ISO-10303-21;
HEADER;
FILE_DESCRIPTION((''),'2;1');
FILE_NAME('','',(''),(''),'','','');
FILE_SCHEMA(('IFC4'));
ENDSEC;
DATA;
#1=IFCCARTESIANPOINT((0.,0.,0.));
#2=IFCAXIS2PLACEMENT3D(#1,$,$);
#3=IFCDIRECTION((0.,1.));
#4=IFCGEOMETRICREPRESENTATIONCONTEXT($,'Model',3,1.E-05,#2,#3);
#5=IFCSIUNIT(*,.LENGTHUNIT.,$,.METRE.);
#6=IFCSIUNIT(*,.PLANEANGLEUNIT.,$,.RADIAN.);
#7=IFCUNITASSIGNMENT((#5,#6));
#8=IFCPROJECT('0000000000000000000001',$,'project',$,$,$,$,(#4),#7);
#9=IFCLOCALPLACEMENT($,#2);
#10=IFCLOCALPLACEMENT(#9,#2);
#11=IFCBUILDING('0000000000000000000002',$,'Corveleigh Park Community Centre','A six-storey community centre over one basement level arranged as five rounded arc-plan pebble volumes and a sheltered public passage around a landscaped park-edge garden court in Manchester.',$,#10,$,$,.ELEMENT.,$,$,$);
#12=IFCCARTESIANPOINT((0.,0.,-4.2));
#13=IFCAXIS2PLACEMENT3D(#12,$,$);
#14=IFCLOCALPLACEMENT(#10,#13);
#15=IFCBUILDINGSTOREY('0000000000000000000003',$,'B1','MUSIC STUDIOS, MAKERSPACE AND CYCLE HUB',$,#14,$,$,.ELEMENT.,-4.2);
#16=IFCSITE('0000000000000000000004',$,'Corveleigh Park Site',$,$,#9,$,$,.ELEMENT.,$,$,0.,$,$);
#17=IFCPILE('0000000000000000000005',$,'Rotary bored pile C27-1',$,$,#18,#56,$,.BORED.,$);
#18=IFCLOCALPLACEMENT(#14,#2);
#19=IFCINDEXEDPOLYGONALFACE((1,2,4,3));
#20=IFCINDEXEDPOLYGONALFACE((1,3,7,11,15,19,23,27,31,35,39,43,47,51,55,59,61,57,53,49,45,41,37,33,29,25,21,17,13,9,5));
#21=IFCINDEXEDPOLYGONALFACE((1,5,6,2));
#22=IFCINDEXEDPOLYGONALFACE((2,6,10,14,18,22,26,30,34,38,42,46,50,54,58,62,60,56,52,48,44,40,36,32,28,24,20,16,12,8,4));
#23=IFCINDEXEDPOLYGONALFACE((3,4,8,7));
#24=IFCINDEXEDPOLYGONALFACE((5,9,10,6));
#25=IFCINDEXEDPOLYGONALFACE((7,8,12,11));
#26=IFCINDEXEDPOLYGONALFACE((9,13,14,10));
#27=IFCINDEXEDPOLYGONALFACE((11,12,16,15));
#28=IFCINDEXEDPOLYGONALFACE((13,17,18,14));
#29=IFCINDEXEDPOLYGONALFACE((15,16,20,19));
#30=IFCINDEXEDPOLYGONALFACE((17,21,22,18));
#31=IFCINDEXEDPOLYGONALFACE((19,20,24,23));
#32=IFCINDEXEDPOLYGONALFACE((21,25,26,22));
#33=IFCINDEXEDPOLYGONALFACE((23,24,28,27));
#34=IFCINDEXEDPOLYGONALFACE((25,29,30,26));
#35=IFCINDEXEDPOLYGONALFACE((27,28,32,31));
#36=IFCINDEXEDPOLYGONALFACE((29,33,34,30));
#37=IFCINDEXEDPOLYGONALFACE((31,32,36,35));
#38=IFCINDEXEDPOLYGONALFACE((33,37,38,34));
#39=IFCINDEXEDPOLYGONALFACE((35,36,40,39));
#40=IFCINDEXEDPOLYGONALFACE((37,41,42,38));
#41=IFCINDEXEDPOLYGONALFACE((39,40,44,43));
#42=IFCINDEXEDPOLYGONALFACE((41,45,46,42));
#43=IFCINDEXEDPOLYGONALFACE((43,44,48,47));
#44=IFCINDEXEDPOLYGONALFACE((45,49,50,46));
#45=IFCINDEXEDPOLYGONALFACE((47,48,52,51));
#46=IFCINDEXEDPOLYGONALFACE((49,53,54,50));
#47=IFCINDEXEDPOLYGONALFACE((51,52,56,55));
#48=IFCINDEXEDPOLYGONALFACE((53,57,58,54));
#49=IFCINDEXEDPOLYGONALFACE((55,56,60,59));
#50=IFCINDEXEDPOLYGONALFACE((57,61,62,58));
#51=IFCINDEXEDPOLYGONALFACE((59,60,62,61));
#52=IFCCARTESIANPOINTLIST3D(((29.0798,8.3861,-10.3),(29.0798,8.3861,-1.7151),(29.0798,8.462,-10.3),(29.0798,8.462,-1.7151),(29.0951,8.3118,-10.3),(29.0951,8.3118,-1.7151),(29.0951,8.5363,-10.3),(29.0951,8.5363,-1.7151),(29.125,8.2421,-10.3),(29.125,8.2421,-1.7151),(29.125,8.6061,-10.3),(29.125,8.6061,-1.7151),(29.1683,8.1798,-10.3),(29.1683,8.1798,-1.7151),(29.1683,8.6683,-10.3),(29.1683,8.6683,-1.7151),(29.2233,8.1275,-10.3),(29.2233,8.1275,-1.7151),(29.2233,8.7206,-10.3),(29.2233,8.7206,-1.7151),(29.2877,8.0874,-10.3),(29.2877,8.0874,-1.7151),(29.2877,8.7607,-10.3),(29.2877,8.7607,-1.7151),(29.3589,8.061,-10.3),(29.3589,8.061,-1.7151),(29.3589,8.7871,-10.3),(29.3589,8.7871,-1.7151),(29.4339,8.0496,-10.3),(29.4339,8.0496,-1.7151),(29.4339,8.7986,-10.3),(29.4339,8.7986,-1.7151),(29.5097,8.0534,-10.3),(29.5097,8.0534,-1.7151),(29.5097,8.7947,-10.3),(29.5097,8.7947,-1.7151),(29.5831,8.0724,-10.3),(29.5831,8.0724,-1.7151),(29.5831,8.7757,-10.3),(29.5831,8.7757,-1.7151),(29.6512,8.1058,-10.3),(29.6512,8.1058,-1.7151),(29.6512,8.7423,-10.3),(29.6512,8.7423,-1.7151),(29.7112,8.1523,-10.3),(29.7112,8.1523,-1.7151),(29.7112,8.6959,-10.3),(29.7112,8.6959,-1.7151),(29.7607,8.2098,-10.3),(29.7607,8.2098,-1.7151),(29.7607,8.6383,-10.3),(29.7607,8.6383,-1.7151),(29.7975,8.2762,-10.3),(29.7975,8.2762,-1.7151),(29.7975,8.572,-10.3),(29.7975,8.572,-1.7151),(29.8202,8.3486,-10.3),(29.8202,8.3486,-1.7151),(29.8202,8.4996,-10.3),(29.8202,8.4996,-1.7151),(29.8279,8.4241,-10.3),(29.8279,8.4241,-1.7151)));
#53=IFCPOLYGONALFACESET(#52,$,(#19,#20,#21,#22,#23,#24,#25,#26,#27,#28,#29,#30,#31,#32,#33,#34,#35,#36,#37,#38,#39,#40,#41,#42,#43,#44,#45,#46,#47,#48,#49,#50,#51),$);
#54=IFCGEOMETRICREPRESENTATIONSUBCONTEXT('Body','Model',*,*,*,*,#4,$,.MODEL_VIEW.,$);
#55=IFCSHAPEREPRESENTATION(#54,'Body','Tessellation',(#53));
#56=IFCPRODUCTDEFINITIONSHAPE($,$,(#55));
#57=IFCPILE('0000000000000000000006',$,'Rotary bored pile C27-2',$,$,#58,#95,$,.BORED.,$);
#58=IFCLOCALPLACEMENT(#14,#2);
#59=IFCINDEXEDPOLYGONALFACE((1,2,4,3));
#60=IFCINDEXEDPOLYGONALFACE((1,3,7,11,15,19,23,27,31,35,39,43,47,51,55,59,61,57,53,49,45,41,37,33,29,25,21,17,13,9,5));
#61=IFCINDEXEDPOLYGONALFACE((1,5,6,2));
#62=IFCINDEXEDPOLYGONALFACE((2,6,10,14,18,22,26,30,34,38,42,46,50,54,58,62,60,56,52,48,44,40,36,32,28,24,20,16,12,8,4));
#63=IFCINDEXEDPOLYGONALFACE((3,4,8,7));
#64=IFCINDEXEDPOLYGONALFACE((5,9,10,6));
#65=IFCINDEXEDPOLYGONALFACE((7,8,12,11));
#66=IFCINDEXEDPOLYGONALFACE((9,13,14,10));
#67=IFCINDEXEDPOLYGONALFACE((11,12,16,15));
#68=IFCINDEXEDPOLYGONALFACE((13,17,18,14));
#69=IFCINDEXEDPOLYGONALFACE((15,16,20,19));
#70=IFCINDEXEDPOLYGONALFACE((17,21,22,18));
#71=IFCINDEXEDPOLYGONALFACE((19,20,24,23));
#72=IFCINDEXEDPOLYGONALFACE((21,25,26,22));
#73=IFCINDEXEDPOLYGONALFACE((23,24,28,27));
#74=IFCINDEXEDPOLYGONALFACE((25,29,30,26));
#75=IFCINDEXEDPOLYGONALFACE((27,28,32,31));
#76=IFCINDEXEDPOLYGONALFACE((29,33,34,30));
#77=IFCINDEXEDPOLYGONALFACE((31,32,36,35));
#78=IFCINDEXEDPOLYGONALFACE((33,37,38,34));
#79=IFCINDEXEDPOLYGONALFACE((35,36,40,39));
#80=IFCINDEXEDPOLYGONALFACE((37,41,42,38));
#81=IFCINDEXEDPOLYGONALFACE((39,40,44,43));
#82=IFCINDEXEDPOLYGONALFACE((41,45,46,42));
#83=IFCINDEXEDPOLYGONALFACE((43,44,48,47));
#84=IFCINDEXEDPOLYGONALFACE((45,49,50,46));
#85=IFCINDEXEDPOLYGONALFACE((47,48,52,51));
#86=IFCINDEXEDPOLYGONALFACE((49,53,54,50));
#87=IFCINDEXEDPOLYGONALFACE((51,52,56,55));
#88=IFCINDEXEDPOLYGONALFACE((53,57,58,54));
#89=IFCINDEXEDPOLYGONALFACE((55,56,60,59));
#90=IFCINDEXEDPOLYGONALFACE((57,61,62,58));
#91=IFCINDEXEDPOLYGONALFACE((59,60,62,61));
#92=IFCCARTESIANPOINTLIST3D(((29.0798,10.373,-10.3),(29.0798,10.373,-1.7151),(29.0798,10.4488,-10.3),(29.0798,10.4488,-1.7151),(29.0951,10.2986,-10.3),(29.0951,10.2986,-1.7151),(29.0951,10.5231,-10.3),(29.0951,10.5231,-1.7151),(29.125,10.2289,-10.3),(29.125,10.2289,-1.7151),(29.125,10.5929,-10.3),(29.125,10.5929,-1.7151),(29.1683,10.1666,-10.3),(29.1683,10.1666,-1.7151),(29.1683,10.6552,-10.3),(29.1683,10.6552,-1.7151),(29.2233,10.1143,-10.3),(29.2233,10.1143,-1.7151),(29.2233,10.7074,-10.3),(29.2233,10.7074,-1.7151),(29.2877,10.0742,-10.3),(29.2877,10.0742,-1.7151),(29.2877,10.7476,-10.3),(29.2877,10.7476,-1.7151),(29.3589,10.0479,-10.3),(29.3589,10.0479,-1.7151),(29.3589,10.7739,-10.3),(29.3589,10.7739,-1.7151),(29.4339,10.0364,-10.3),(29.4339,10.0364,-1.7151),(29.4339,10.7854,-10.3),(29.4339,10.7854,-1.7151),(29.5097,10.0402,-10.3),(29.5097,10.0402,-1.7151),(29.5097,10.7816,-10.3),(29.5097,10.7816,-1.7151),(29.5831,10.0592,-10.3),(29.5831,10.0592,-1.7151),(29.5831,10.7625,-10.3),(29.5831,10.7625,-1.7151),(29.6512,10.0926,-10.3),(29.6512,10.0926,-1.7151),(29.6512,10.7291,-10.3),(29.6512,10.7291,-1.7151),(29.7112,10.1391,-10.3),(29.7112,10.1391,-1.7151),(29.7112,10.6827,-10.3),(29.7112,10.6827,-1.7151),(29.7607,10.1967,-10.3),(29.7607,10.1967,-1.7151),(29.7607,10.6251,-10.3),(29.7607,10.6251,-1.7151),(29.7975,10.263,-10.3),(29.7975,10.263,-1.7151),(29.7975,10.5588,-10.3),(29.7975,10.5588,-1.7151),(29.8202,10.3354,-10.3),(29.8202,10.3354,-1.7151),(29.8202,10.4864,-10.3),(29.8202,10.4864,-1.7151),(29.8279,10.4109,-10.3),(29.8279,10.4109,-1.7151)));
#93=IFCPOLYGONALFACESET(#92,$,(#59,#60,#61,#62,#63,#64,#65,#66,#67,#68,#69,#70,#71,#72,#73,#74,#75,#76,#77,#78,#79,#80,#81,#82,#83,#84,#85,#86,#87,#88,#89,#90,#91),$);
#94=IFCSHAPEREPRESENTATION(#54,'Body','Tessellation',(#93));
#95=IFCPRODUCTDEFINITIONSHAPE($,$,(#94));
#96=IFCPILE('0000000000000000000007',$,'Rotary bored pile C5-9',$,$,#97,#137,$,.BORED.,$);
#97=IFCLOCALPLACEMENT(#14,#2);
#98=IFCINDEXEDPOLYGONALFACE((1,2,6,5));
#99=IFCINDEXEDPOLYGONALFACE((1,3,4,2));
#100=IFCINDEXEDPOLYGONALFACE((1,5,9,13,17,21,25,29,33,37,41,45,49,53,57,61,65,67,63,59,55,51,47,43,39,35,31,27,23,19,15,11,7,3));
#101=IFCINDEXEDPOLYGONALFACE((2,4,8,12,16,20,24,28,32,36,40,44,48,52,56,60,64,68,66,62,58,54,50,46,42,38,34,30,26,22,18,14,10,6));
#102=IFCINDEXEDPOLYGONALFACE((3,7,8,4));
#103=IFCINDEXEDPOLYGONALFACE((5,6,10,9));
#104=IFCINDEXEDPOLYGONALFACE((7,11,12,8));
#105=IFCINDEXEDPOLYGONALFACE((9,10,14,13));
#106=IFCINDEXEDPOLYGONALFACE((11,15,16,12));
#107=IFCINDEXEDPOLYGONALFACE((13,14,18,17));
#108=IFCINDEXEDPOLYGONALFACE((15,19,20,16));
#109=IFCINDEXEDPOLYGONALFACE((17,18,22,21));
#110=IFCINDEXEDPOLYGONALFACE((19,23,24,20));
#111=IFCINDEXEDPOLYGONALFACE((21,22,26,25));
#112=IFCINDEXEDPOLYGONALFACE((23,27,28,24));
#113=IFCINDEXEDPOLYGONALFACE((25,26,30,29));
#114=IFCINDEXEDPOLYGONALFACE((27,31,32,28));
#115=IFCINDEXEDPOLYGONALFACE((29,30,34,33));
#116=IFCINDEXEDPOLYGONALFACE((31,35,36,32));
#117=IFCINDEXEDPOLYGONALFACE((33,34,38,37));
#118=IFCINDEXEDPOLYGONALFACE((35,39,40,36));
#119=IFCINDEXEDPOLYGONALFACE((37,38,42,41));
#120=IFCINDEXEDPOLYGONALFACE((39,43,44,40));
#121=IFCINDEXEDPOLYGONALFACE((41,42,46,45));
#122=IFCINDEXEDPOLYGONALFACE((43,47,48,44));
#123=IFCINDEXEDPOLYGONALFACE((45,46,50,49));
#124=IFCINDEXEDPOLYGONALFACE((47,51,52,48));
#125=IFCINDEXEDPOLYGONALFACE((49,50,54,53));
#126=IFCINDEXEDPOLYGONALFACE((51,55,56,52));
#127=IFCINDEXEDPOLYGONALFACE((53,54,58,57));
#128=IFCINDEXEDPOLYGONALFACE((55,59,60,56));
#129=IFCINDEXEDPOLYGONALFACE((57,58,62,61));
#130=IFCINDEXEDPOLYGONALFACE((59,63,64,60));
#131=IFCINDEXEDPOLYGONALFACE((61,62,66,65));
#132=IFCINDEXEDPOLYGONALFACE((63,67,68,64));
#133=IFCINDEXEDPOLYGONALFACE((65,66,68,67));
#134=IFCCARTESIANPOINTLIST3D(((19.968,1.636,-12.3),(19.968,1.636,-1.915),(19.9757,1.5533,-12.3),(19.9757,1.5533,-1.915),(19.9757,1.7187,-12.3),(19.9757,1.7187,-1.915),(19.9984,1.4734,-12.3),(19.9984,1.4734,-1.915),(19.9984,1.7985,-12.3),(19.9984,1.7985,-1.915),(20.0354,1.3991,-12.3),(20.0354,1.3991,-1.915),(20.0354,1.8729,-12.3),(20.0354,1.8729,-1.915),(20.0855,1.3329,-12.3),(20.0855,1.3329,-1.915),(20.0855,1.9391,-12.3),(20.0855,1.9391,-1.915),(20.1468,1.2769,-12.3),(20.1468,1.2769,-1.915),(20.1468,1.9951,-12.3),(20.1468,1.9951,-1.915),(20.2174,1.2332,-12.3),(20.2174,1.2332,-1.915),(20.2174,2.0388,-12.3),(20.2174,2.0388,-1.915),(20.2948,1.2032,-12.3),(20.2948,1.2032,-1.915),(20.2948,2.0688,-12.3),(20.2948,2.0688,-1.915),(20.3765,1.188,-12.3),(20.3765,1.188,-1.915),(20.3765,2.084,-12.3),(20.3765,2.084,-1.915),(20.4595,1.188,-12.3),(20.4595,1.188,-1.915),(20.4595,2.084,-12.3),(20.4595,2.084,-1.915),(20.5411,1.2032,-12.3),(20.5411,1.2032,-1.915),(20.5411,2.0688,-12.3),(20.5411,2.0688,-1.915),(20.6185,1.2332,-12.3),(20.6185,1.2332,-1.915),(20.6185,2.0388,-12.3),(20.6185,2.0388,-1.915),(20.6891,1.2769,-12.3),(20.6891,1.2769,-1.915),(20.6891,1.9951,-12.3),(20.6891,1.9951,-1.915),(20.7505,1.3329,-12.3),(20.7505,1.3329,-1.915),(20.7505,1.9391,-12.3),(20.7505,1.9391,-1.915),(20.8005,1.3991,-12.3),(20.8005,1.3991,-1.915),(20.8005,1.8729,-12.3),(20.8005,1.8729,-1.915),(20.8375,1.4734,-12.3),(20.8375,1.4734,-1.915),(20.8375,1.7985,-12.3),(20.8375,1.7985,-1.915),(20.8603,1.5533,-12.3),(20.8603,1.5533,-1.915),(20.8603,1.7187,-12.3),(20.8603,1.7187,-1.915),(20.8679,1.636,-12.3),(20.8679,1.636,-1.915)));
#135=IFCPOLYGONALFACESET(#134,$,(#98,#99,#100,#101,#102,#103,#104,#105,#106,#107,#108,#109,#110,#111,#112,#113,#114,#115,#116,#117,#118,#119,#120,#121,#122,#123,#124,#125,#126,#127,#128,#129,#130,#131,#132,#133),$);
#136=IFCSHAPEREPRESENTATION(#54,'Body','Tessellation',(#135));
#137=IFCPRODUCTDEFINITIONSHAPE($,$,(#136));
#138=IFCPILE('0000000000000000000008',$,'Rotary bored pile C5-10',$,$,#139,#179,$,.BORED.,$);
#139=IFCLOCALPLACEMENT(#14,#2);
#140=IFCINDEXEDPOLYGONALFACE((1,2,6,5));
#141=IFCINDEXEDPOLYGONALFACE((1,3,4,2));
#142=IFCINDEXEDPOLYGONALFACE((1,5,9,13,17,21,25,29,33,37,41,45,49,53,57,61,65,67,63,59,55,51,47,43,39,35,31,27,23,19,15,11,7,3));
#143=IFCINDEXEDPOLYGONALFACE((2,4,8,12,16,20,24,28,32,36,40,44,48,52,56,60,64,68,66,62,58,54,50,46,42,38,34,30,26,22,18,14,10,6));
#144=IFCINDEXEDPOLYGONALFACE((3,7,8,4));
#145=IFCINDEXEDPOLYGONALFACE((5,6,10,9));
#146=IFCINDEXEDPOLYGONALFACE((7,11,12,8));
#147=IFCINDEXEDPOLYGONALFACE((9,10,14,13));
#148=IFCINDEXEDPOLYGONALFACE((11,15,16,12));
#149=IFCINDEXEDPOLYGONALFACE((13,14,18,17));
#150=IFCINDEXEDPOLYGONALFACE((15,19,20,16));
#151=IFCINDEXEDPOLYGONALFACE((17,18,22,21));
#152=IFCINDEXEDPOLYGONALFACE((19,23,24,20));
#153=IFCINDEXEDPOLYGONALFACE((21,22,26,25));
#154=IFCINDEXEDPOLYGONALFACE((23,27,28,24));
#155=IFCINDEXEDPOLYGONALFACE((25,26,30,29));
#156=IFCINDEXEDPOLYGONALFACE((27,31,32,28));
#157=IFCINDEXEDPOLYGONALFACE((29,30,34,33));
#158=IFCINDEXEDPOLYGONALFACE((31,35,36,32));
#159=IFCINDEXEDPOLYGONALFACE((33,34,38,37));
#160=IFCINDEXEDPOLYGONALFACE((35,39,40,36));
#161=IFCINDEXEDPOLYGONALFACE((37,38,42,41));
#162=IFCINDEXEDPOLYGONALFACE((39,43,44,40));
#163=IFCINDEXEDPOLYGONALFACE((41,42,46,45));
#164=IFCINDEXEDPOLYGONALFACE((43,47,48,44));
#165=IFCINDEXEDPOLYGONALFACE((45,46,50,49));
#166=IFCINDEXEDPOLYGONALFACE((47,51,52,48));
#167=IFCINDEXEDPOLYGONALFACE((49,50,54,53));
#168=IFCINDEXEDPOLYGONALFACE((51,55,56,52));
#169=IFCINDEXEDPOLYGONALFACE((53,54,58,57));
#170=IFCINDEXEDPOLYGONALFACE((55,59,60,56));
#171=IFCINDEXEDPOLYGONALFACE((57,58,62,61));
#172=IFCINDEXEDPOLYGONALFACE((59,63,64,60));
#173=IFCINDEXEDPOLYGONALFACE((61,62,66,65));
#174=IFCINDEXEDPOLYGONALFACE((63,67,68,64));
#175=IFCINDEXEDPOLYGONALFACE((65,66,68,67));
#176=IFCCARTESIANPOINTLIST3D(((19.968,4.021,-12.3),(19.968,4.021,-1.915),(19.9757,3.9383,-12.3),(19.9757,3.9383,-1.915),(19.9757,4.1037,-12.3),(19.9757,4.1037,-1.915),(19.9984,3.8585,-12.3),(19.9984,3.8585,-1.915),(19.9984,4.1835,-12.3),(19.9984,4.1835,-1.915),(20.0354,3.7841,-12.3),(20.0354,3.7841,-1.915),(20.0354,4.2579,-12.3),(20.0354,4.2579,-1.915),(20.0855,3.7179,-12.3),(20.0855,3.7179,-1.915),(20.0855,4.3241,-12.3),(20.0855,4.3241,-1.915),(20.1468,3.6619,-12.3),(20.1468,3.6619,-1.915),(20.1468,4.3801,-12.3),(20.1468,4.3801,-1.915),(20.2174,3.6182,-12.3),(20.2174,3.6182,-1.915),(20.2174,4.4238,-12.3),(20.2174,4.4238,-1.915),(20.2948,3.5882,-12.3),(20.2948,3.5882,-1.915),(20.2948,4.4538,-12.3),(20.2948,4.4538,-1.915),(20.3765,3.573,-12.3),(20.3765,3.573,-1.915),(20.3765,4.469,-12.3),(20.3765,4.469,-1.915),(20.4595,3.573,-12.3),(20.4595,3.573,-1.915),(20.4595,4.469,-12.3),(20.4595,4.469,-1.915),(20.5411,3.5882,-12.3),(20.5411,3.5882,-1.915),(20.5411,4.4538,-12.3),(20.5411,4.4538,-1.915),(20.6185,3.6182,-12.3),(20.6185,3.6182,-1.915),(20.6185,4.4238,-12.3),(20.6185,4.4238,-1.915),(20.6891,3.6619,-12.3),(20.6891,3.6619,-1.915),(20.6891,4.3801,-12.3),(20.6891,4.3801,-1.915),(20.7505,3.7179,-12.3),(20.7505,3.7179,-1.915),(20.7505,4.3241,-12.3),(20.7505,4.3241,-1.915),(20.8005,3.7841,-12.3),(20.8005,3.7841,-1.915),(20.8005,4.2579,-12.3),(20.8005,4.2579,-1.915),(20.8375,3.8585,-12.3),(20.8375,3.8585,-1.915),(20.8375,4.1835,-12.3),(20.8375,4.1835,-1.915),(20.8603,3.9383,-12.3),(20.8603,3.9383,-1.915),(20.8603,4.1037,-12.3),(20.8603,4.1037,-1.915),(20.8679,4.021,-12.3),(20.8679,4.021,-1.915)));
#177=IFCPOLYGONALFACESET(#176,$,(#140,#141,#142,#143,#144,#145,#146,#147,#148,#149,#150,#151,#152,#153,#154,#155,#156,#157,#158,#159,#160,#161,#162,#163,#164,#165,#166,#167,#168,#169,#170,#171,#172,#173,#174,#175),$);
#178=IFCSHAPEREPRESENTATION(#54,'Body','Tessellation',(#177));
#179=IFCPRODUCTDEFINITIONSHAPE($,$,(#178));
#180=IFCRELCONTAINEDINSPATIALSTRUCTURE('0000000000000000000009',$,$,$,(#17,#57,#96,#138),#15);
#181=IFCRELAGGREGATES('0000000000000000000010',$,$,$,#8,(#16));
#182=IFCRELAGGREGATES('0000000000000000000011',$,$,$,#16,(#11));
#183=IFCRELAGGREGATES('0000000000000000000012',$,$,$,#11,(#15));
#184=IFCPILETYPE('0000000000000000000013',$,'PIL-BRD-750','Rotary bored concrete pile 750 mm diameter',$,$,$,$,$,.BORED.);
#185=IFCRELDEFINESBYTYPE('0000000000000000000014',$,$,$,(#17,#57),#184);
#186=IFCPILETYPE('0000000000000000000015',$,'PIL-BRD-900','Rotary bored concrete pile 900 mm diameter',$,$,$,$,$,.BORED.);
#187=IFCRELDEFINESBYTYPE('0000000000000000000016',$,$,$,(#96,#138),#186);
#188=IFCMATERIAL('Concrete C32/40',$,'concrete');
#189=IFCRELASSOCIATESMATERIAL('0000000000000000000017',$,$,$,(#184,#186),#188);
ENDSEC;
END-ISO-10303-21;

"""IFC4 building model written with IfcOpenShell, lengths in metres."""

from ifc_helpers import new_model, si_unit, direction, frame, origin, origin_2d, place, context, subcontext, project, spatial, circle, extrude, material, material_profile, profile_set, type_object, element, save


model = new_model("IFC4")

# Units and contexts
model_context = context("Model", 3, precision=1e-05, world=origin(), true_north=direction((0.0, 1.0)))
body_context = subcontext(model_context, "Body", "Model", "MODEL_VIEW")
ifc_project = project(units=[si_unit("LENGTHUNIT", "METRE"), si_unit("PLANEANGLEUNIT", "RADIAN")], contexts=[model_context])

# Site, building, storey
site_placement = place(None, origin())
site = spatial("IfcSite", under=ifc_project, at=site_placement, Name="Corveleigh Park Site", CompositionType="ELEMENT", RefElevation=0.0)
building_placement = place(site_placement, origin())
building = spatial("IfcBuilding", under=site, at=building_placement, Name="Corveleigh Park Community Centre", Description="A six-storey community centre over one basement level arranged as five rounded arc-plan pebble volumes and a sheltered public passage around a landscaped park-edge garden court in Manchester.", CompositionType="ELEMENT")
storey_placement = place(building_placement, frame((0.0, 0.0, -4.2)))
storey = spatial("IfcBuildingStorey", under=building, at=storey_placement, Name="B1", Description="MUSIC STUDIOS, MAKERSPACE AND CYCLE HUB", CompositionType="ELEMENT", Elevation=-4.2)

# Piles
ifc_material_1 = material(Name="Concrete C32/40", Category="concrete")
ifc_material_profile_1 = material_profile(ifc_material_1, circle(Radius=0.375, at=origin_2d()), Name="BORED-PILE-750", Category="concrete")
ifc_profile_set_1 = profile_set([ifc_material_profile_1], Name="Concrete C32/40")
pile_type_1 = type_object("IfcPileType", Name="PIL-BRD-750", Description="Rotary bored concrete pile 750 mm diameter", PredefinedType="BORED", material=ifc_profile_set_1)
for number, where, z_axis, x_axis, name in (
    (1, (29.4529, 8.4241, -1.7151), (0.0, 0.0, -1.0), (1.0, 0.0, 0.0), "Rotary bored pile C27-1"),
    (2, (29.4529, 10.4109, -1.7151), (0.0, 0.0, -1.0), (1.0, 0.0, 0.0), "Rotary bored pile C27-2"),
):
    element("IfcPile", number, at=place(storey_placement, frame(where, z_axis=z_axis, x_axis=x_axis)), inside=storey, type_object=pile_type_1, Name=name, PredefinedType="BORED", context=body_context, shape_type="SweptSolid", body=[
        extrude(circle(Radius=0.375, at=origin_2d()), origin(), (0.0, 0.0, 1.0), 8.585),
    ])
ifc_material_profile_2 = material_profile(ifc_material_1, circle(Radius=0.45, at=origin_2d()), Name="BORED-PILE-900", Category="concrete")
ifc_profile_set_2 = profile_set([ifc_material_profile_2], Name="Concrete C32/40")
pile_type_2 = type_object("IfcPileType", Name="PIL-BRD-900", Description="Rotary bored concrete pile 900 mm diameter", PredefinedType="BORED", material=ifc_profile_set_2)
for number, where, z_axis, x_axis, name in (
    (3, (20.418, 1.636, -1.915), (0.0, 0.0, -1.0), (1.0, 0.0, 0.0), "Rotary bored pile C5-9"),
    (4, (20.418, 4.021, -1.915), (0.0, 0.0, -1.0), (1.0, 0.0, 0.0), "Rotary bored pile C5-10"),
):
    element("IfcPile", number, at=place(storey_placement, frame(where, z_axis=z_axis, x_axis=x_axis)), inside=storey, type_object=pile_type_2, Name=name, PredefinedType="BORED", context=body_context, shape_type="SweptSolid", body=[
        extrude(circle(Radius=0.45, at=origin_2d()), origin(), (0.0, 0.0, 1.0), 10.385),
    ])

save(model, "model.ifc")
